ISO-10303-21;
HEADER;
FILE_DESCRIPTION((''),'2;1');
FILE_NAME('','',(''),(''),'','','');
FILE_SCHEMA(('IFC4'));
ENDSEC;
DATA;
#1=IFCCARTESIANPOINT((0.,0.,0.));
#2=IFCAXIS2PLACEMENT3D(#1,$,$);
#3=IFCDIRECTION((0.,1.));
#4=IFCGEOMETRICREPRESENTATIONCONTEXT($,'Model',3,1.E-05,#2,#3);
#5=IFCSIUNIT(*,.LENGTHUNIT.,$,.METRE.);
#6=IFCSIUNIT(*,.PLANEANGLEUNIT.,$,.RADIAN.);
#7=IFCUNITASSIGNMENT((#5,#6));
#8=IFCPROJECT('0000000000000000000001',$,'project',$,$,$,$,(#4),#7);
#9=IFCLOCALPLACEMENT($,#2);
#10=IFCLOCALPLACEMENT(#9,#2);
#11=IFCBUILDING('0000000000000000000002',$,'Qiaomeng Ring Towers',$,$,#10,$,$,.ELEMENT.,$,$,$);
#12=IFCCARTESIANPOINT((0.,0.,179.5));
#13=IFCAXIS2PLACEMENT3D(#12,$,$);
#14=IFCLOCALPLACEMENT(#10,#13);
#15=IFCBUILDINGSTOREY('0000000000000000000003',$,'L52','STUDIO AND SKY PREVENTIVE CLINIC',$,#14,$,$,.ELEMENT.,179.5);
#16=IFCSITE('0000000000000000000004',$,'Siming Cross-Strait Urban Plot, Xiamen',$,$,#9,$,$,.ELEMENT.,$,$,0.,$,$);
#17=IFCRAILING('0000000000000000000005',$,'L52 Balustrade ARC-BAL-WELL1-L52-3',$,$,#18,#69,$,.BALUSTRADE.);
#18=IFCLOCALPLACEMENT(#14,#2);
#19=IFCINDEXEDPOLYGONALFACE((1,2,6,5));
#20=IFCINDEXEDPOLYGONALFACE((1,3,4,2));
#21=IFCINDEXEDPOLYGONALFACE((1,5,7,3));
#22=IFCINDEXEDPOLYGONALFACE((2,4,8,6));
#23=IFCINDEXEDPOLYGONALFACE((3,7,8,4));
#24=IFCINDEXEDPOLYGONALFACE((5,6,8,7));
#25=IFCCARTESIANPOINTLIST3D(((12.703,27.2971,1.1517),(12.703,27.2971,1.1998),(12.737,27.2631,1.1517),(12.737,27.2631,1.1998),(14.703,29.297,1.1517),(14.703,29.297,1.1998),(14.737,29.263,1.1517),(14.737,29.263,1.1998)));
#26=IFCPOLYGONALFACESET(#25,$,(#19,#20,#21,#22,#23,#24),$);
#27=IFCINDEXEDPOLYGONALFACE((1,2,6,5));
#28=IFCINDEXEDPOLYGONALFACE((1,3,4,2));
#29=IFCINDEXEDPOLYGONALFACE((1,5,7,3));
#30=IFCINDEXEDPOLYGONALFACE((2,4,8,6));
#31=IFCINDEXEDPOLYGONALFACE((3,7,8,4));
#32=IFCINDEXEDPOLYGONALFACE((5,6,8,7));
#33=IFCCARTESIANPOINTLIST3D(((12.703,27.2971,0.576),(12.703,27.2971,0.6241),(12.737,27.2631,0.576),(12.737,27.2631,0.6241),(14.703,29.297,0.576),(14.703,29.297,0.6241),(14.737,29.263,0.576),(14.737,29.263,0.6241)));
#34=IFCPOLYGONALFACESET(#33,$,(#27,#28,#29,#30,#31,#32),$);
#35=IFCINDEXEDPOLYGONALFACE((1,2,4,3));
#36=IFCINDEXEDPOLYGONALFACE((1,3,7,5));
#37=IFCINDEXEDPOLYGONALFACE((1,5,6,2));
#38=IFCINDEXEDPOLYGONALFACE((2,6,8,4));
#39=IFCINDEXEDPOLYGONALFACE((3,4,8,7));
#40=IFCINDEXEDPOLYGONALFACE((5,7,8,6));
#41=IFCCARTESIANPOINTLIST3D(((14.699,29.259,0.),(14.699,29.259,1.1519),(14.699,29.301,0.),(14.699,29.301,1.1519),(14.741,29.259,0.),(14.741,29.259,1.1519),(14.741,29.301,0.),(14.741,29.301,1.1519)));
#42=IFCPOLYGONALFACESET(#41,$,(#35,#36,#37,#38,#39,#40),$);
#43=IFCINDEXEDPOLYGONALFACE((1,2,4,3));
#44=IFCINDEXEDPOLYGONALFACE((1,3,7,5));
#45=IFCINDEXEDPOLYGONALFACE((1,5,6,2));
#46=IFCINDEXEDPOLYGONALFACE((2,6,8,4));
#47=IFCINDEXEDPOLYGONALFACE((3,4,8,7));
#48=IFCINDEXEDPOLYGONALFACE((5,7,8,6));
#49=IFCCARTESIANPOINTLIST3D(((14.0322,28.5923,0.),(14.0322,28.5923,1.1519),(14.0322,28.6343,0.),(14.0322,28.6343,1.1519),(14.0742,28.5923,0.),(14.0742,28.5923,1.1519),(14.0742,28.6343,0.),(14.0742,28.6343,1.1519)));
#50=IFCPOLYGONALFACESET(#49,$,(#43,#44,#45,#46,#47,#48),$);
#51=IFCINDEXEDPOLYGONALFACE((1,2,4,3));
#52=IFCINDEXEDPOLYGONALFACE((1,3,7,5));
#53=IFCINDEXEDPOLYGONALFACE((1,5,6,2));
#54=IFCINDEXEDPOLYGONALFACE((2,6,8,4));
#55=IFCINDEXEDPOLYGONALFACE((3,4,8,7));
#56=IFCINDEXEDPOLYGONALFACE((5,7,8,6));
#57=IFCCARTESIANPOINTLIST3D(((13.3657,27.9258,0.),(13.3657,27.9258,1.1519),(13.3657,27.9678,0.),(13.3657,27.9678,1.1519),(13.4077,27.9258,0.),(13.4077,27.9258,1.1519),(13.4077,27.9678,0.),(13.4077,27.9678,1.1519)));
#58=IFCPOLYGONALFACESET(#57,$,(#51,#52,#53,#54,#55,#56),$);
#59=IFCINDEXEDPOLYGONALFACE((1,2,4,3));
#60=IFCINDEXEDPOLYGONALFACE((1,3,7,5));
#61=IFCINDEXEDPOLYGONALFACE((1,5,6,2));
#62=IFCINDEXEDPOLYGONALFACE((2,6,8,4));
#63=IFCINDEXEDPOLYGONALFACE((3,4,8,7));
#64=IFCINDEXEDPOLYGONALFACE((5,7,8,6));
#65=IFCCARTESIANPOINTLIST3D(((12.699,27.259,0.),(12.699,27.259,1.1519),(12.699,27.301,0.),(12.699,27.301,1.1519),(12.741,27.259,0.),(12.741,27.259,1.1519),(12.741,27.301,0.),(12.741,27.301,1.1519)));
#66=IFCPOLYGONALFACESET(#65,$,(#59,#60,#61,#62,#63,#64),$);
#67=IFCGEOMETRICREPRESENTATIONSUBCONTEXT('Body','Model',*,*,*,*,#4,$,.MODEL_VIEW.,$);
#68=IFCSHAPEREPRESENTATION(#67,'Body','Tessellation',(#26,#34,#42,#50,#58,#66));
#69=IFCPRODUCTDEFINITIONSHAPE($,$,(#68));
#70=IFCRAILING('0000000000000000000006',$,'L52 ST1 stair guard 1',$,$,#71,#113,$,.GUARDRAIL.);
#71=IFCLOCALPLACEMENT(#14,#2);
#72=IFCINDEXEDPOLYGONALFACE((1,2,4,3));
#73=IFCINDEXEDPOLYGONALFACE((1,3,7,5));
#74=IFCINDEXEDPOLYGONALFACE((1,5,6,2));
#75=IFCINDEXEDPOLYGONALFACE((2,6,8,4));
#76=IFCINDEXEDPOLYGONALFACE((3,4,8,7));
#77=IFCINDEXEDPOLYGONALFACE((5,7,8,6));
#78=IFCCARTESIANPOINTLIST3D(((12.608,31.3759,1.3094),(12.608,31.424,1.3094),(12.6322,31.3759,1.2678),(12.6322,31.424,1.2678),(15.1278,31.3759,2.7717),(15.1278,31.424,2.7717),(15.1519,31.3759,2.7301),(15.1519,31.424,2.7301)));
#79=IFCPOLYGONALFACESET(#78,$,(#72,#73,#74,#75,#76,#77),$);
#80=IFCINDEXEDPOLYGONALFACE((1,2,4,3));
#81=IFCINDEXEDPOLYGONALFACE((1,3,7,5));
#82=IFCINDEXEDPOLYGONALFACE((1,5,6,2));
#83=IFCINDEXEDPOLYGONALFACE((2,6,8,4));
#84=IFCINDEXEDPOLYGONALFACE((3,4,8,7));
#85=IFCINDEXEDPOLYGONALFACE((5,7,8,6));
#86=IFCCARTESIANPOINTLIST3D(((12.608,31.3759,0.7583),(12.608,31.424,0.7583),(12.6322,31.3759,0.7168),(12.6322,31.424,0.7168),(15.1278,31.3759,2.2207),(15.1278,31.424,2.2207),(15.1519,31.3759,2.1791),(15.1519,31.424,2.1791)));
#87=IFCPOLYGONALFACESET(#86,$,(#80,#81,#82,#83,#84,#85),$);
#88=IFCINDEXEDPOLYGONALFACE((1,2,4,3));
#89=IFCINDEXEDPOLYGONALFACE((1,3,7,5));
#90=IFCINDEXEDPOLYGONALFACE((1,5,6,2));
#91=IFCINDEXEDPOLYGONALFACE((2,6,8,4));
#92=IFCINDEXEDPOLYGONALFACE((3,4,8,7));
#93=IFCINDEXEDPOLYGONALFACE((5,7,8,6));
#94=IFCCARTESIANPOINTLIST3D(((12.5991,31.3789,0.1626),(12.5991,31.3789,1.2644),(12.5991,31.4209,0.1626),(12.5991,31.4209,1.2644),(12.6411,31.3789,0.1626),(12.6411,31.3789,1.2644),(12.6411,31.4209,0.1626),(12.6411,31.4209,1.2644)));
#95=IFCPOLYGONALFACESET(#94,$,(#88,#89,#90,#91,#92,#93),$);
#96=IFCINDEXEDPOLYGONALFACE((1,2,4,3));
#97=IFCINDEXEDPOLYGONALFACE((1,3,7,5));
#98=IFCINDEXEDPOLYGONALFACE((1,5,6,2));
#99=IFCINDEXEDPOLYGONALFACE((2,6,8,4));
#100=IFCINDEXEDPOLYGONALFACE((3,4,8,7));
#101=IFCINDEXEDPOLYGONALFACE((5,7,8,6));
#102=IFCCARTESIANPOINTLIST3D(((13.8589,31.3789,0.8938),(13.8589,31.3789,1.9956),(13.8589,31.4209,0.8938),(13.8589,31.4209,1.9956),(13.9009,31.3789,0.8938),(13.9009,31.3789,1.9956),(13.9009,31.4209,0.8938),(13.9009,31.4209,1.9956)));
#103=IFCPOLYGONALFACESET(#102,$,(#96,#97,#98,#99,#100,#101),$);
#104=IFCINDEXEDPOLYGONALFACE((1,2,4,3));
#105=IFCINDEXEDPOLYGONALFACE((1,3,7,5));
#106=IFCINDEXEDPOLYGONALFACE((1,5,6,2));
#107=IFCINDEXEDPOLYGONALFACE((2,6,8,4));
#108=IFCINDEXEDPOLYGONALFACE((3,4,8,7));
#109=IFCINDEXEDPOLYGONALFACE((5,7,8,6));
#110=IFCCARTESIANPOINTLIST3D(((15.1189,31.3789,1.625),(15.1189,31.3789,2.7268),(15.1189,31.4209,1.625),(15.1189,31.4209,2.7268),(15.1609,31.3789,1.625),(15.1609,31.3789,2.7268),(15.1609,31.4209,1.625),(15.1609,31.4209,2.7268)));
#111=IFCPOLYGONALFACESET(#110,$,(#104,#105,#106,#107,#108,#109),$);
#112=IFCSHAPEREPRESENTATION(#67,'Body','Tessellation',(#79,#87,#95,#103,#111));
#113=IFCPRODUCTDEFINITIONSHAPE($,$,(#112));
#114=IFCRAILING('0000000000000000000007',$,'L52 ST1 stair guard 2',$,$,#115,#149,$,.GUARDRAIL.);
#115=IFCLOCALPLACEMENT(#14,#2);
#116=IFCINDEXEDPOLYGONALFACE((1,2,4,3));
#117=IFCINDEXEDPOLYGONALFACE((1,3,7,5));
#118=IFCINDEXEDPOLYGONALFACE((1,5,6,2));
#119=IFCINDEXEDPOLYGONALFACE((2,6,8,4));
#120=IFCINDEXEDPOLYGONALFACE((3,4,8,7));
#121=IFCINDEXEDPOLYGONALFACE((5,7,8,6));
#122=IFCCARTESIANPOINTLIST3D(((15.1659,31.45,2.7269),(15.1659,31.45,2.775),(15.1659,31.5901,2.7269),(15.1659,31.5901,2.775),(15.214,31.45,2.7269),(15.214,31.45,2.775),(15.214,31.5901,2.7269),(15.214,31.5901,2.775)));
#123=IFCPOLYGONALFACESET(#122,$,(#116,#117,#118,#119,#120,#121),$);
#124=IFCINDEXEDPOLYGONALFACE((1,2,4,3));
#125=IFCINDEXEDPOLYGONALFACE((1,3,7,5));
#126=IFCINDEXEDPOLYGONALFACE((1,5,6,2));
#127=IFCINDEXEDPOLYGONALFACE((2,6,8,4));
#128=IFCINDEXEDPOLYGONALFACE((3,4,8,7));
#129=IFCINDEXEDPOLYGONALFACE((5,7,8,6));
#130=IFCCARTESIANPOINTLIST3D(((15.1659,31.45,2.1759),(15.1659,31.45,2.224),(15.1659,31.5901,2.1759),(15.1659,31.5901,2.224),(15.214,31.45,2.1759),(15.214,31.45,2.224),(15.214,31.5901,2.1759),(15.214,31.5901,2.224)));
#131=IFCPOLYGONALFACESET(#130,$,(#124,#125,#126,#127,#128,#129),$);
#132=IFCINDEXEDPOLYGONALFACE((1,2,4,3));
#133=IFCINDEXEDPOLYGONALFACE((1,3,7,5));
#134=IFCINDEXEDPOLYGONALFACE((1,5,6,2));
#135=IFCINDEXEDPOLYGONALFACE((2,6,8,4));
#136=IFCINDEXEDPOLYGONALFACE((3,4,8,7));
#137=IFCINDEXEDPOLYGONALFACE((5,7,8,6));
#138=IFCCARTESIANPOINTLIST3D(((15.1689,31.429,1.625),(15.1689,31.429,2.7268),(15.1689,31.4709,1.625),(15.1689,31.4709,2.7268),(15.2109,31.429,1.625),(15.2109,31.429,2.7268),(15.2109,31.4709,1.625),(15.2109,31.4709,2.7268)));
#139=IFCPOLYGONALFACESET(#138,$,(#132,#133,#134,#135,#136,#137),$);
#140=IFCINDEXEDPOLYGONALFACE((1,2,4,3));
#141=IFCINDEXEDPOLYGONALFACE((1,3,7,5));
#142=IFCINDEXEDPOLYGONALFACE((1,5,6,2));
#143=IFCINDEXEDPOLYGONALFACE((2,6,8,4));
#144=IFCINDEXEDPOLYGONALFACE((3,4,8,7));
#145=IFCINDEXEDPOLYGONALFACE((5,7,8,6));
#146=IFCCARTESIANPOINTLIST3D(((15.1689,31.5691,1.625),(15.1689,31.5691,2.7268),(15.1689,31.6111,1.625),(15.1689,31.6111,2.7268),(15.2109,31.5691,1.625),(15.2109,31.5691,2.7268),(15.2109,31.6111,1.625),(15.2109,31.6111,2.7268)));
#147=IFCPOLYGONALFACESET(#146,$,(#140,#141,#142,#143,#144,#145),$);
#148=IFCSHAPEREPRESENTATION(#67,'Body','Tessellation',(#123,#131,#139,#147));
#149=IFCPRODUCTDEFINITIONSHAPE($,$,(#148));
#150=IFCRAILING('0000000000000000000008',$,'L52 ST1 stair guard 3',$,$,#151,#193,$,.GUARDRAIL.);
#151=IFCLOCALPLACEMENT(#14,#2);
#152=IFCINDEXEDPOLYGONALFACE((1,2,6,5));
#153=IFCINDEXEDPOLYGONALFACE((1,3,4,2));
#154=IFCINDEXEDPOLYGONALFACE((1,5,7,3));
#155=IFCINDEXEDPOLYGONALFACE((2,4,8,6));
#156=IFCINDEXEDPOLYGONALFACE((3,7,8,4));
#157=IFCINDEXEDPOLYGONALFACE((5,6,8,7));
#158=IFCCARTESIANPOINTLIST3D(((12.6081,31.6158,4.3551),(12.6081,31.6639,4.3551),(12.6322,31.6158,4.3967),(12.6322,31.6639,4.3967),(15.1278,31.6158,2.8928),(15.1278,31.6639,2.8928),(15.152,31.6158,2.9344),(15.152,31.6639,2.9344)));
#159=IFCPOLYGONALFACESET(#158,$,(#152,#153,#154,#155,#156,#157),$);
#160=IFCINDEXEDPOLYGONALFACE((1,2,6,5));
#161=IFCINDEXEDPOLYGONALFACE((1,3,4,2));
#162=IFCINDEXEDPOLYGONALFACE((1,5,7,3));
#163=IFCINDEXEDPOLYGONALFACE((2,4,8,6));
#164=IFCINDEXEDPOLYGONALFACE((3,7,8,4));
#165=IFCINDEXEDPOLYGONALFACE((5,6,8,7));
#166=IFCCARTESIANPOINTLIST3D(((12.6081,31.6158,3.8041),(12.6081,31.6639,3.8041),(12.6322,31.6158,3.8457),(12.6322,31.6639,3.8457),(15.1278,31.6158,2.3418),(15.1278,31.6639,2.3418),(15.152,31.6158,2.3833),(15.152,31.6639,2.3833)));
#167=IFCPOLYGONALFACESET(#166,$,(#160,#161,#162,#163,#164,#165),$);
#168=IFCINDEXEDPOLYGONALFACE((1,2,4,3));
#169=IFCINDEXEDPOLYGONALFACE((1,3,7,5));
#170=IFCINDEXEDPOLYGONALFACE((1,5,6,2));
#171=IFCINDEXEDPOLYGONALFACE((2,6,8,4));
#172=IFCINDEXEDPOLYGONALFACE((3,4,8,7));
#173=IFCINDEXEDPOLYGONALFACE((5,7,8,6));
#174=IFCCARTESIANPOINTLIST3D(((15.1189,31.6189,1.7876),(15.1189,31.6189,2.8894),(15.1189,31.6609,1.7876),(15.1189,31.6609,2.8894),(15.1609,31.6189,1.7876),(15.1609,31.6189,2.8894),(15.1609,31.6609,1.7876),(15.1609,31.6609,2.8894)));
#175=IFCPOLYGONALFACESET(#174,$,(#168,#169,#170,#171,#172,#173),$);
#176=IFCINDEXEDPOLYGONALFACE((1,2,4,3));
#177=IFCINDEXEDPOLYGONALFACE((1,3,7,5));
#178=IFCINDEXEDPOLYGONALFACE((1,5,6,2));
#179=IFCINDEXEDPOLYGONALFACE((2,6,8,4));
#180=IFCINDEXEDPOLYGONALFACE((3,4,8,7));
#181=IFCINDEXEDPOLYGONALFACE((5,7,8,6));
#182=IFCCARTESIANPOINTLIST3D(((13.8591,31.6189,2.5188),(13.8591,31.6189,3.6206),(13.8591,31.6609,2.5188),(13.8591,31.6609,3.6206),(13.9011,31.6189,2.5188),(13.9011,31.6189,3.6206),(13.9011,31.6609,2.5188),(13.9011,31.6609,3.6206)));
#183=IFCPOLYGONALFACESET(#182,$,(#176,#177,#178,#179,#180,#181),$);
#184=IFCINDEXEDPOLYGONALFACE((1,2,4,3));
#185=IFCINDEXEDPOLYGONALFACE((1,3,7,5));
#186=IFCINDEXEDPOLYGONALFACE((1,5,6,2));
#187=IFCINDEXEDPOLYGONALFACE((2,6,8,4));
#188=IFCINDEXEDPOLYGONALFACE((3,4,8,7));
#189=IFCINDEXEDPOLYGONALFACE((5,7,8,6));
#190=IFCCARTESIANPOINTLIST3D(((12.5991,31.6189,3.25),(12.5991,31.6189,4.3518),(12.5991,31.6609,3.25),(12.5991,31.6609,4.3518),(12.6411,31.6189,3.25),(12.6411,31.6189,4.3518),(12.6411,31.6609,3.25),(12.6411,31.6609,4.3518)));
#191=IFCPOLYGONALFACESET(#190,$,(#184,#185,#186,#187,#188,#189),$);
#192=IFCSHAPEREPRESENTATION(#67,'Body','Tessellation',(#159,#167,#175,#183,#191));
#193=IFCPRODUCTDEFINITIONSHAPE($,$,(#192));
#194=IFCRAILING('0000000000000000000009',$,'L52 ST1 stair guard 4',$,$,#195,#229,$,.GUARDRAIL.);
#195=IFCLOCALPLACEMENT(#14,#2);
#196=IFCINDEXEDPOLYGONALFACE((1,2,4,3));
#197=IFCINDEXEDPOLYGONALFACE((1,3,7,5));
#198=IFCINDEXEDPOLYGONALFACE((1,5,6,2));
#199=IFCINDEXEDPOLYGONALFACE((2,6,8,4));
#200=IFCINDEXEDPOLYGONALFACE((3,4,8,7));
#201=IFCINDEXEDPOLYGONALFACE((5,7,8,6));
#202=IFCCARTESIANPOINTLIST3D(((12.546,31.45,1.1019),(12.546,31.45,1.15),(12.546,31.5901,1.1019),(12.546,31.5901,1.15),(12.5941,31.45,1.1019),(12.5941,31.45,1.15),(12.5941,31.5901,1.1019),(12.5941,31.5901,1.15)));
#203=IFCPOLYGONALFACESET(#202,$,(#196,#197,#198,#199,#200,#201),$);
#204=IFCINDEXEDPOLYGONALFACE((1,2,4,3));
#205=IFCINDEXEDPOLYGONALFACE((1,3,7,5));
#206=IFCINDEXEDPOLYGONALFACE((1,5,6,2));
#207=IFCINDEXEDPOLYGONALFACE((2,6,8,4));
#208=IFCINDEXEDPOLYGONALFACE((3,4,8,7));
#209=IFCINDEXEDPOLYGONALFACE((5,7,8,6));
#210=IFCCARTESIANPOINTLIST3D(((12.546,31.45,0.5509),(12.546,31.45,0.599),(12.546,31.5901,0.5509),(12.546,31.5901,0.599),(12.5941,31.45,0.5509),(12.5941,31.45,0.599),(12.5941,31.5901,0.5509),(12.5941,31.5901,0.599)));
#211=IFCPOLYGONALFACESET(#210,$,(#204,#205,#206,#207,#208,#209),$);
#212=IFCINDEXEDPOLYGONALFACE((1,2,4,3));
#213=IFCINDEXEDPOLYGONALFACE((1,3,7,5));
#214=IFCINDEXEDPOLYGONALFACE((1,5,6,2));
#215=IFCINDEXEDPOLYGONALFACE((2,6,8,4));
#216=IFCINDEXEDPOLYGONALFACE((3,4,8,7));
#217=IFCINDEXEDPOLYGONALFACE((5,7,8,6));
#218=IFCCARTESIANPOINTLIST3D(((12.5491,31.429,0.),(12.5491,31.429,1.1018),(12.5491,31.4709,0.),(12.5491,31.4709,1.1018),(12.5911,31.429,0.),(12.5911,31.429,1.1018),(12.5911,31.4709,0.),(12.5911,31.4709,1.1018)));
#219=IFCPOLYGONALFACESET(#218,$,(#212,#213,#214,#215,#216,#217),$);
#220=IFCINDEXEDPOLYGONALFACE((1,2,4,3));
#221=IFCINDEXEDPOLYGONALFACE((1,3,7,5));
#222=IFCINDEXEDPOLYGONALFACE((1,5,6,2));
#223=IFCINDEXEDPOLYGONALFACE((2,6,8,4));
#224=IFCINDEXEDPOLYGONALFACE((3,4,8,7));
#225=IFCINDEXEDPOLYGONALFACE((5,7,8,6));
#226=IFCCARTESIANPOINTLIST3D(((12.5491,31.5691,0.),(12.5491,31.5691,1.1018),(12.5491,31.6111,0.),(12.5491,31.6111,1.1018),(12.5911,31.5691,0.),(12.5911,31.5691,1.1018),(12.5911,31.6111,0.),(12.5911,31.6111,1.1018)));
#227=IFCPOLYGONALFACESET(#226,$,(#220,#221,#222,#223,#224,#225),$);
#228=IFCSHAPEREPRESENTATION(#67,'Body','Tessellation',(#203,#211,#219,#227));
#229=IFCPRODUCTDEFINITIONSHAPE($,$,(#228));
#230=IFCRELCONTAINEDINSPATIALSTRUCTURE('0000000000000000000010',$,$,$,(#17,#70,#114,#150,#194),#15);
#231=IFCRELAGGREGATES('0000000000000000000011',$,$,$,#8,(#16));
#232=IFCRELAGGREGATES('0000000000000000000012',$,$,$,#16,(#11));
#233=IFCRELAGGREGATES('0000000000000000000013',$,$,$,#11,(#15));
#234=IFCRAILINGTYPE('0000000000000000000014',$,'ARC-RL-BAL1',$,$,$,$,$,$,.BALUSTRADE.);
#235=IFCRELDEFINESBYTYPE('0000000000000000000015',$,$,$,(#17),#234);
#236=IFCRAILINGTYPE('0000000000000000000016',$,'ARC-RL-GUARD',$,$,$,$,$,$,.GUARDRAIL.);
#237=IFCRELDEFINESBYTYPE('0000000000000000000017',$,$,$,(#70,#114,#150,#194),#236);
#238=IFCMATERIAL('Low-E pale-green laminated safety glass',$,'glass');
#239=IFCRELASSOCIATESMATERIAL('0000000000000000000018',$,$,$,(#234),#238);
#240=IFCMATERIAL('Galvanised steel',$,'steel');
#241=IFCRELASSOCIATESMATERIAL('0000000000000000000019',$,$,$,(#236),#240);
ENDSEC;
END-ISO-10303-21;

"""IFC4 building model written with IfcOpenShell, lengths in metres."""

from ifc_helpers import new_model, si_unit, direction, frame, origin, origin_2d, place, context, subcontext, project, spatial, rectangle, extrude, material, type_object, element, save


model = new_model("IFC4")

# Units and contexts
model_context = context("Model", 3, precision=1e-05, world=origin(), true_north=direction((0.0, 1.0)))
body_context = subcontext(model_context, "Body", "Model", "MODEL_VIEW")
ifc_project = project(units=[si_unit("LENGTHUNIT", "METRE"), si_unit("PLANEANGLEUNIT", "RADIAN")], contexts=[model_context])

# Site, building, storey
site_placement = place(None, origin())
site = spatial("IfcSite", under=ifc_project, at=site_placement, Name="Siming Cross-Strait Urban Plot, Xiamen", CompositionType="ELEMENT", RefElevation=0.0)
building_placement = place(site_placement, origin())
building = spatial("IfcBuilding", under=site, at=building_placement, Name="Qiaomeng Ring Towers", CompositionType="ELEMENT")
storey_placement = place(building_placement, frame((0.0, 0.0, 179.5)))
storey = spatial("IfcBuildingStorey", under=building, at=storey_placement, Name="L52", Description="STUDIO AND SKY PREVENTIVE CLINIC", CompositionType="ELEMENT", Elevation=179.5)

# Railings
ifc_material_1 = material(Name="Low-E pale-green laminated safety glass", Category="glass")
railing_type_1 = type_object("IfcRailingType", Name="ARC-RL-BAL1", PredefinedType="BALUSTRADE", material=ifc_material_1)
railing_1_placement = place(storey_placement, frame((14.72, 29.28, 0.0)))
element("IfcRailing", 1, at=railing_1_placement, inside=storey, type_object=railing_type_1, Name="L52 Balustrade ARC-BAL-WELL1-L52-3", PredefinedType="BALUSTRADE", context=body_context, shape_type="SweptSolid", body=[
    extrude(rectangle(XDim=0.0481, YDim=0.0481, at=origin_2d()), frame((0.0, 0.0, 1.1758), z_axis=(-0.707107, -0.707107, 0.0), x_axis=(0.707107, -0.707107, 0.0)), (0.0, 0.0, 1.0), 2.8284),
    extrude(rectangle(XDim=0.0481, YDim=0.0481, at=origin_2d()), frame((0.0, 0.0, 0.6001), z_axis=(-0.707107, -0.707107, 0.0), x_axis=(0.707107, -0.707107, 0.0)), (0.0, 0.0, 1.0), 2.8284),
    extrude(rectangle(XDim=0.042, YDim=0.042, at=origin_2d()), origin(), (0.0, 0.0, 1.0), 1.1519),
    extrude(rectangle(XDim=0.042, YDim=0.042, at=origin_2d()), frame((-0.6667, -0.6667, 0.0)), (0.0, 0.0, 1.0), 1.1519),
    extrude(rectangle(XDim=0.042, YDim=0.042, at=origin_2d()), frame((-1.3333, -1.3333, 0.0)), (0.0, 0.0, 1.0), 1.1519),
    extrude(rectangle(XDim=0.042, YDim=0.042, at=origin_2d()), frame((-2.0, -2.0, 0.0)), (0.0, 0.0, 1.0), 1.1519),
])
ifc_material_2 = material(Name="Galvanised steel", Category="steel")
railing_type_2 = type_object("IfcRailingType", Name="ARC-RL-GUARD", PredefinedType="GUARDRAIL", material=ifc_material_2)
railing_2_placement = place(storey_placement, frame((12.6201, 31.3999, 0.1626)))
element("IfcRailing", 2, at=railing_2_placement, inside=storey, type_object=railing_type_2, Name="L52 ST1 stair guard 1", PredefinedType="GUARDRAIL", context=body_context, shape_type="SweptSolid", body=[
    extrude(rectangle(XDim=0.0481, YDim=0.0481, at=origin_2d()), frame((0.0, 0.0, 1.126), z_axis=(0.864892, 0.0, 0.501958), x_axis=(0.0, 1.0, 0.0)), (0.0, 0.0, 1.0), 2.9133),
    extrude(rectangle(XDim=0.0481, YDim=0.0481, at=origin_2d()), frame((0.0, 0.0, 0.575), z_axis=(0.864892, 0.0, 0.501958), x_axis=(0.0, 1.0, 0.0)), (0.0, 0.0, 1.0), 2.9133),
    extrude(rectangle(XDim=0.042, YDim=0.042, at=origin_2d()), origin(), (0.0, 0.0, 1.0), 1.1018),
    extrude(rectangle(XDim=0.042, YDim=0.042, at=origin_2d()), frame((1.2598, 0.0, 0.7312)), (0.0, 0.0, 1.0), 1.1018),
    extrude(rectangle(XDim=0.042, YDim=0.042, at=origin_2d()), frame((2.5198, 0.0, 1.4624)), (0.0, 0.0, 1.0), 1.1018),
])
railing_3_placement = place(storey_placement, frame((15.1899, 31.45, 1.625)))
element("IfcRailing", 3, at=railing_3_placement, inside=storey, type_object=railing_type_2, Name="L52 ST1 stair guard 2", PredefinedType="GUARDRAIL", context=body_context, shape_type="SweptSolid", body=[
    extrude(rectangle(XDim=0.0481, YDim=0.0481, at=origin_2d()), frame((0.0, 0.0, 1.126), z_axis=(0.0, 1.0, 0.0), x_axis=(-1.0, 0.0, 0.0)), (0.0, 0.0, 1.0), 0.1401),
    extrude(rectangle(XDim=0.0481, YDim=0.0481, at=origin_2d()), frame((0.0, 0.0, 0.575), z_axis=(0.0, 1.0, 0.0), x_axis=(-1.0, 0.0, 0.0)), (0.0, 0.0, 1.0), 0.1401),
    extrude(rectangle(XDim=0.042, YDim=0.042, at=origin_2d()), origin(), (0.0, 0.0, 1.0), 1.1018),
    extrude(rectangle(XDim=0.042, YDim=0.042, at=origin_2d()), frame((0.0, 0.1401, 0.0)), (0.0, 0.0, 1.0), 1.1018),
])
railing_4_placement = place(storey_placement, frame((15.1399, 31.6399, 1.7876)))
element("IfcRailing", 4, at=railing_4_placement, inside=storey, type_object=railing_type_2, Name="L52 ST1 stair guard 3", PredefinedType="GUARDRAIL", context=body_context, shape_type="SweptSolid", body=[
    extrude(rectangle(XDim=0.0481, YDim=0.0481, at=origin_2d()), frame((0.0, 0.0, 1.126), z_axis=(-0.864892, 0.0, 0.501958), x_axis=(0.0, -1.0, 0.0)), (0.0, 0.0, 1.0), 2.9133),
    extrude(rectangle(XDim=0.0481, YDim=0.0481, at=origin_2d()), frame((0.0, 0.0, 0.575), z_axis=(-0.864892, 0.0, 0.501958), x_axis=(0.0, -1.0, 0.0)), (0.0, 0.0, 1.0), 2.9133),
    extrude(rectangle(XDim=0.042, YDim=0.042, at=origin_2d()), origin(), (0.0, 0.0, 1.0), 1.1018),
    extrude(rectangle(XDim=0.042, YDim=0.042, at=origin_2d()), frame((-1.2598, 0.0, 0.7312)), (0.0, 0.0, 1.0), 1.1018),
    extrude(rectangle(XDim=0.042, YDim=0.042, at=origin_2d()), frame((-2.5198, 0.0, 1.4624)), (0.0, 0.0, 1.0), 1.1018),
])
railing_5_placement = place(storey_placement, frame((12.5701, 31.45, 0.0)))
element("IfcRailing", 5, at=railing_5_placement, inside=storey, type_object=railing_type_2, Name="L52 ST1 stair guard 4", PredefinedType="GUARDRAIL", context=body_context, shape_type="SweptSolid", body=[
    extrude(rectangle(XDim=0.0481, YDim=0.0481, at=origin_2d()), frame((0.0, 0.0, 1.126), z_axis=(0.0, 1.0, 0.0), x_axis=(-1.0, 0.0, 0.0)), (0.0, 0.0, 1.0), 0.1401),
    extrude(rectangle(XDim=0.0481, YDim=0.0481, at=origin_2d()), frame((0.0, 0.0, 0.575), z_axis=(0.0, 1.0, 0.0), x_axis=(-1.0, 0.0, 0.0)), (0.0, 0.0, 1.0), 0.1401),
    extrude(rectangle(XDim=0.042, YDim=0.042, at=origin_2d()), origin(), (0.0, 0.0, 1.0), 1.1018),
    extrude(rectangle(XDim=0.042, YDim=0.042, at=origin_2d()), frame((0.0, 0.1401, 0.0)), (0.0, 0.0, 1.0), 1.1018),
])

save(model, "model.ifc")
